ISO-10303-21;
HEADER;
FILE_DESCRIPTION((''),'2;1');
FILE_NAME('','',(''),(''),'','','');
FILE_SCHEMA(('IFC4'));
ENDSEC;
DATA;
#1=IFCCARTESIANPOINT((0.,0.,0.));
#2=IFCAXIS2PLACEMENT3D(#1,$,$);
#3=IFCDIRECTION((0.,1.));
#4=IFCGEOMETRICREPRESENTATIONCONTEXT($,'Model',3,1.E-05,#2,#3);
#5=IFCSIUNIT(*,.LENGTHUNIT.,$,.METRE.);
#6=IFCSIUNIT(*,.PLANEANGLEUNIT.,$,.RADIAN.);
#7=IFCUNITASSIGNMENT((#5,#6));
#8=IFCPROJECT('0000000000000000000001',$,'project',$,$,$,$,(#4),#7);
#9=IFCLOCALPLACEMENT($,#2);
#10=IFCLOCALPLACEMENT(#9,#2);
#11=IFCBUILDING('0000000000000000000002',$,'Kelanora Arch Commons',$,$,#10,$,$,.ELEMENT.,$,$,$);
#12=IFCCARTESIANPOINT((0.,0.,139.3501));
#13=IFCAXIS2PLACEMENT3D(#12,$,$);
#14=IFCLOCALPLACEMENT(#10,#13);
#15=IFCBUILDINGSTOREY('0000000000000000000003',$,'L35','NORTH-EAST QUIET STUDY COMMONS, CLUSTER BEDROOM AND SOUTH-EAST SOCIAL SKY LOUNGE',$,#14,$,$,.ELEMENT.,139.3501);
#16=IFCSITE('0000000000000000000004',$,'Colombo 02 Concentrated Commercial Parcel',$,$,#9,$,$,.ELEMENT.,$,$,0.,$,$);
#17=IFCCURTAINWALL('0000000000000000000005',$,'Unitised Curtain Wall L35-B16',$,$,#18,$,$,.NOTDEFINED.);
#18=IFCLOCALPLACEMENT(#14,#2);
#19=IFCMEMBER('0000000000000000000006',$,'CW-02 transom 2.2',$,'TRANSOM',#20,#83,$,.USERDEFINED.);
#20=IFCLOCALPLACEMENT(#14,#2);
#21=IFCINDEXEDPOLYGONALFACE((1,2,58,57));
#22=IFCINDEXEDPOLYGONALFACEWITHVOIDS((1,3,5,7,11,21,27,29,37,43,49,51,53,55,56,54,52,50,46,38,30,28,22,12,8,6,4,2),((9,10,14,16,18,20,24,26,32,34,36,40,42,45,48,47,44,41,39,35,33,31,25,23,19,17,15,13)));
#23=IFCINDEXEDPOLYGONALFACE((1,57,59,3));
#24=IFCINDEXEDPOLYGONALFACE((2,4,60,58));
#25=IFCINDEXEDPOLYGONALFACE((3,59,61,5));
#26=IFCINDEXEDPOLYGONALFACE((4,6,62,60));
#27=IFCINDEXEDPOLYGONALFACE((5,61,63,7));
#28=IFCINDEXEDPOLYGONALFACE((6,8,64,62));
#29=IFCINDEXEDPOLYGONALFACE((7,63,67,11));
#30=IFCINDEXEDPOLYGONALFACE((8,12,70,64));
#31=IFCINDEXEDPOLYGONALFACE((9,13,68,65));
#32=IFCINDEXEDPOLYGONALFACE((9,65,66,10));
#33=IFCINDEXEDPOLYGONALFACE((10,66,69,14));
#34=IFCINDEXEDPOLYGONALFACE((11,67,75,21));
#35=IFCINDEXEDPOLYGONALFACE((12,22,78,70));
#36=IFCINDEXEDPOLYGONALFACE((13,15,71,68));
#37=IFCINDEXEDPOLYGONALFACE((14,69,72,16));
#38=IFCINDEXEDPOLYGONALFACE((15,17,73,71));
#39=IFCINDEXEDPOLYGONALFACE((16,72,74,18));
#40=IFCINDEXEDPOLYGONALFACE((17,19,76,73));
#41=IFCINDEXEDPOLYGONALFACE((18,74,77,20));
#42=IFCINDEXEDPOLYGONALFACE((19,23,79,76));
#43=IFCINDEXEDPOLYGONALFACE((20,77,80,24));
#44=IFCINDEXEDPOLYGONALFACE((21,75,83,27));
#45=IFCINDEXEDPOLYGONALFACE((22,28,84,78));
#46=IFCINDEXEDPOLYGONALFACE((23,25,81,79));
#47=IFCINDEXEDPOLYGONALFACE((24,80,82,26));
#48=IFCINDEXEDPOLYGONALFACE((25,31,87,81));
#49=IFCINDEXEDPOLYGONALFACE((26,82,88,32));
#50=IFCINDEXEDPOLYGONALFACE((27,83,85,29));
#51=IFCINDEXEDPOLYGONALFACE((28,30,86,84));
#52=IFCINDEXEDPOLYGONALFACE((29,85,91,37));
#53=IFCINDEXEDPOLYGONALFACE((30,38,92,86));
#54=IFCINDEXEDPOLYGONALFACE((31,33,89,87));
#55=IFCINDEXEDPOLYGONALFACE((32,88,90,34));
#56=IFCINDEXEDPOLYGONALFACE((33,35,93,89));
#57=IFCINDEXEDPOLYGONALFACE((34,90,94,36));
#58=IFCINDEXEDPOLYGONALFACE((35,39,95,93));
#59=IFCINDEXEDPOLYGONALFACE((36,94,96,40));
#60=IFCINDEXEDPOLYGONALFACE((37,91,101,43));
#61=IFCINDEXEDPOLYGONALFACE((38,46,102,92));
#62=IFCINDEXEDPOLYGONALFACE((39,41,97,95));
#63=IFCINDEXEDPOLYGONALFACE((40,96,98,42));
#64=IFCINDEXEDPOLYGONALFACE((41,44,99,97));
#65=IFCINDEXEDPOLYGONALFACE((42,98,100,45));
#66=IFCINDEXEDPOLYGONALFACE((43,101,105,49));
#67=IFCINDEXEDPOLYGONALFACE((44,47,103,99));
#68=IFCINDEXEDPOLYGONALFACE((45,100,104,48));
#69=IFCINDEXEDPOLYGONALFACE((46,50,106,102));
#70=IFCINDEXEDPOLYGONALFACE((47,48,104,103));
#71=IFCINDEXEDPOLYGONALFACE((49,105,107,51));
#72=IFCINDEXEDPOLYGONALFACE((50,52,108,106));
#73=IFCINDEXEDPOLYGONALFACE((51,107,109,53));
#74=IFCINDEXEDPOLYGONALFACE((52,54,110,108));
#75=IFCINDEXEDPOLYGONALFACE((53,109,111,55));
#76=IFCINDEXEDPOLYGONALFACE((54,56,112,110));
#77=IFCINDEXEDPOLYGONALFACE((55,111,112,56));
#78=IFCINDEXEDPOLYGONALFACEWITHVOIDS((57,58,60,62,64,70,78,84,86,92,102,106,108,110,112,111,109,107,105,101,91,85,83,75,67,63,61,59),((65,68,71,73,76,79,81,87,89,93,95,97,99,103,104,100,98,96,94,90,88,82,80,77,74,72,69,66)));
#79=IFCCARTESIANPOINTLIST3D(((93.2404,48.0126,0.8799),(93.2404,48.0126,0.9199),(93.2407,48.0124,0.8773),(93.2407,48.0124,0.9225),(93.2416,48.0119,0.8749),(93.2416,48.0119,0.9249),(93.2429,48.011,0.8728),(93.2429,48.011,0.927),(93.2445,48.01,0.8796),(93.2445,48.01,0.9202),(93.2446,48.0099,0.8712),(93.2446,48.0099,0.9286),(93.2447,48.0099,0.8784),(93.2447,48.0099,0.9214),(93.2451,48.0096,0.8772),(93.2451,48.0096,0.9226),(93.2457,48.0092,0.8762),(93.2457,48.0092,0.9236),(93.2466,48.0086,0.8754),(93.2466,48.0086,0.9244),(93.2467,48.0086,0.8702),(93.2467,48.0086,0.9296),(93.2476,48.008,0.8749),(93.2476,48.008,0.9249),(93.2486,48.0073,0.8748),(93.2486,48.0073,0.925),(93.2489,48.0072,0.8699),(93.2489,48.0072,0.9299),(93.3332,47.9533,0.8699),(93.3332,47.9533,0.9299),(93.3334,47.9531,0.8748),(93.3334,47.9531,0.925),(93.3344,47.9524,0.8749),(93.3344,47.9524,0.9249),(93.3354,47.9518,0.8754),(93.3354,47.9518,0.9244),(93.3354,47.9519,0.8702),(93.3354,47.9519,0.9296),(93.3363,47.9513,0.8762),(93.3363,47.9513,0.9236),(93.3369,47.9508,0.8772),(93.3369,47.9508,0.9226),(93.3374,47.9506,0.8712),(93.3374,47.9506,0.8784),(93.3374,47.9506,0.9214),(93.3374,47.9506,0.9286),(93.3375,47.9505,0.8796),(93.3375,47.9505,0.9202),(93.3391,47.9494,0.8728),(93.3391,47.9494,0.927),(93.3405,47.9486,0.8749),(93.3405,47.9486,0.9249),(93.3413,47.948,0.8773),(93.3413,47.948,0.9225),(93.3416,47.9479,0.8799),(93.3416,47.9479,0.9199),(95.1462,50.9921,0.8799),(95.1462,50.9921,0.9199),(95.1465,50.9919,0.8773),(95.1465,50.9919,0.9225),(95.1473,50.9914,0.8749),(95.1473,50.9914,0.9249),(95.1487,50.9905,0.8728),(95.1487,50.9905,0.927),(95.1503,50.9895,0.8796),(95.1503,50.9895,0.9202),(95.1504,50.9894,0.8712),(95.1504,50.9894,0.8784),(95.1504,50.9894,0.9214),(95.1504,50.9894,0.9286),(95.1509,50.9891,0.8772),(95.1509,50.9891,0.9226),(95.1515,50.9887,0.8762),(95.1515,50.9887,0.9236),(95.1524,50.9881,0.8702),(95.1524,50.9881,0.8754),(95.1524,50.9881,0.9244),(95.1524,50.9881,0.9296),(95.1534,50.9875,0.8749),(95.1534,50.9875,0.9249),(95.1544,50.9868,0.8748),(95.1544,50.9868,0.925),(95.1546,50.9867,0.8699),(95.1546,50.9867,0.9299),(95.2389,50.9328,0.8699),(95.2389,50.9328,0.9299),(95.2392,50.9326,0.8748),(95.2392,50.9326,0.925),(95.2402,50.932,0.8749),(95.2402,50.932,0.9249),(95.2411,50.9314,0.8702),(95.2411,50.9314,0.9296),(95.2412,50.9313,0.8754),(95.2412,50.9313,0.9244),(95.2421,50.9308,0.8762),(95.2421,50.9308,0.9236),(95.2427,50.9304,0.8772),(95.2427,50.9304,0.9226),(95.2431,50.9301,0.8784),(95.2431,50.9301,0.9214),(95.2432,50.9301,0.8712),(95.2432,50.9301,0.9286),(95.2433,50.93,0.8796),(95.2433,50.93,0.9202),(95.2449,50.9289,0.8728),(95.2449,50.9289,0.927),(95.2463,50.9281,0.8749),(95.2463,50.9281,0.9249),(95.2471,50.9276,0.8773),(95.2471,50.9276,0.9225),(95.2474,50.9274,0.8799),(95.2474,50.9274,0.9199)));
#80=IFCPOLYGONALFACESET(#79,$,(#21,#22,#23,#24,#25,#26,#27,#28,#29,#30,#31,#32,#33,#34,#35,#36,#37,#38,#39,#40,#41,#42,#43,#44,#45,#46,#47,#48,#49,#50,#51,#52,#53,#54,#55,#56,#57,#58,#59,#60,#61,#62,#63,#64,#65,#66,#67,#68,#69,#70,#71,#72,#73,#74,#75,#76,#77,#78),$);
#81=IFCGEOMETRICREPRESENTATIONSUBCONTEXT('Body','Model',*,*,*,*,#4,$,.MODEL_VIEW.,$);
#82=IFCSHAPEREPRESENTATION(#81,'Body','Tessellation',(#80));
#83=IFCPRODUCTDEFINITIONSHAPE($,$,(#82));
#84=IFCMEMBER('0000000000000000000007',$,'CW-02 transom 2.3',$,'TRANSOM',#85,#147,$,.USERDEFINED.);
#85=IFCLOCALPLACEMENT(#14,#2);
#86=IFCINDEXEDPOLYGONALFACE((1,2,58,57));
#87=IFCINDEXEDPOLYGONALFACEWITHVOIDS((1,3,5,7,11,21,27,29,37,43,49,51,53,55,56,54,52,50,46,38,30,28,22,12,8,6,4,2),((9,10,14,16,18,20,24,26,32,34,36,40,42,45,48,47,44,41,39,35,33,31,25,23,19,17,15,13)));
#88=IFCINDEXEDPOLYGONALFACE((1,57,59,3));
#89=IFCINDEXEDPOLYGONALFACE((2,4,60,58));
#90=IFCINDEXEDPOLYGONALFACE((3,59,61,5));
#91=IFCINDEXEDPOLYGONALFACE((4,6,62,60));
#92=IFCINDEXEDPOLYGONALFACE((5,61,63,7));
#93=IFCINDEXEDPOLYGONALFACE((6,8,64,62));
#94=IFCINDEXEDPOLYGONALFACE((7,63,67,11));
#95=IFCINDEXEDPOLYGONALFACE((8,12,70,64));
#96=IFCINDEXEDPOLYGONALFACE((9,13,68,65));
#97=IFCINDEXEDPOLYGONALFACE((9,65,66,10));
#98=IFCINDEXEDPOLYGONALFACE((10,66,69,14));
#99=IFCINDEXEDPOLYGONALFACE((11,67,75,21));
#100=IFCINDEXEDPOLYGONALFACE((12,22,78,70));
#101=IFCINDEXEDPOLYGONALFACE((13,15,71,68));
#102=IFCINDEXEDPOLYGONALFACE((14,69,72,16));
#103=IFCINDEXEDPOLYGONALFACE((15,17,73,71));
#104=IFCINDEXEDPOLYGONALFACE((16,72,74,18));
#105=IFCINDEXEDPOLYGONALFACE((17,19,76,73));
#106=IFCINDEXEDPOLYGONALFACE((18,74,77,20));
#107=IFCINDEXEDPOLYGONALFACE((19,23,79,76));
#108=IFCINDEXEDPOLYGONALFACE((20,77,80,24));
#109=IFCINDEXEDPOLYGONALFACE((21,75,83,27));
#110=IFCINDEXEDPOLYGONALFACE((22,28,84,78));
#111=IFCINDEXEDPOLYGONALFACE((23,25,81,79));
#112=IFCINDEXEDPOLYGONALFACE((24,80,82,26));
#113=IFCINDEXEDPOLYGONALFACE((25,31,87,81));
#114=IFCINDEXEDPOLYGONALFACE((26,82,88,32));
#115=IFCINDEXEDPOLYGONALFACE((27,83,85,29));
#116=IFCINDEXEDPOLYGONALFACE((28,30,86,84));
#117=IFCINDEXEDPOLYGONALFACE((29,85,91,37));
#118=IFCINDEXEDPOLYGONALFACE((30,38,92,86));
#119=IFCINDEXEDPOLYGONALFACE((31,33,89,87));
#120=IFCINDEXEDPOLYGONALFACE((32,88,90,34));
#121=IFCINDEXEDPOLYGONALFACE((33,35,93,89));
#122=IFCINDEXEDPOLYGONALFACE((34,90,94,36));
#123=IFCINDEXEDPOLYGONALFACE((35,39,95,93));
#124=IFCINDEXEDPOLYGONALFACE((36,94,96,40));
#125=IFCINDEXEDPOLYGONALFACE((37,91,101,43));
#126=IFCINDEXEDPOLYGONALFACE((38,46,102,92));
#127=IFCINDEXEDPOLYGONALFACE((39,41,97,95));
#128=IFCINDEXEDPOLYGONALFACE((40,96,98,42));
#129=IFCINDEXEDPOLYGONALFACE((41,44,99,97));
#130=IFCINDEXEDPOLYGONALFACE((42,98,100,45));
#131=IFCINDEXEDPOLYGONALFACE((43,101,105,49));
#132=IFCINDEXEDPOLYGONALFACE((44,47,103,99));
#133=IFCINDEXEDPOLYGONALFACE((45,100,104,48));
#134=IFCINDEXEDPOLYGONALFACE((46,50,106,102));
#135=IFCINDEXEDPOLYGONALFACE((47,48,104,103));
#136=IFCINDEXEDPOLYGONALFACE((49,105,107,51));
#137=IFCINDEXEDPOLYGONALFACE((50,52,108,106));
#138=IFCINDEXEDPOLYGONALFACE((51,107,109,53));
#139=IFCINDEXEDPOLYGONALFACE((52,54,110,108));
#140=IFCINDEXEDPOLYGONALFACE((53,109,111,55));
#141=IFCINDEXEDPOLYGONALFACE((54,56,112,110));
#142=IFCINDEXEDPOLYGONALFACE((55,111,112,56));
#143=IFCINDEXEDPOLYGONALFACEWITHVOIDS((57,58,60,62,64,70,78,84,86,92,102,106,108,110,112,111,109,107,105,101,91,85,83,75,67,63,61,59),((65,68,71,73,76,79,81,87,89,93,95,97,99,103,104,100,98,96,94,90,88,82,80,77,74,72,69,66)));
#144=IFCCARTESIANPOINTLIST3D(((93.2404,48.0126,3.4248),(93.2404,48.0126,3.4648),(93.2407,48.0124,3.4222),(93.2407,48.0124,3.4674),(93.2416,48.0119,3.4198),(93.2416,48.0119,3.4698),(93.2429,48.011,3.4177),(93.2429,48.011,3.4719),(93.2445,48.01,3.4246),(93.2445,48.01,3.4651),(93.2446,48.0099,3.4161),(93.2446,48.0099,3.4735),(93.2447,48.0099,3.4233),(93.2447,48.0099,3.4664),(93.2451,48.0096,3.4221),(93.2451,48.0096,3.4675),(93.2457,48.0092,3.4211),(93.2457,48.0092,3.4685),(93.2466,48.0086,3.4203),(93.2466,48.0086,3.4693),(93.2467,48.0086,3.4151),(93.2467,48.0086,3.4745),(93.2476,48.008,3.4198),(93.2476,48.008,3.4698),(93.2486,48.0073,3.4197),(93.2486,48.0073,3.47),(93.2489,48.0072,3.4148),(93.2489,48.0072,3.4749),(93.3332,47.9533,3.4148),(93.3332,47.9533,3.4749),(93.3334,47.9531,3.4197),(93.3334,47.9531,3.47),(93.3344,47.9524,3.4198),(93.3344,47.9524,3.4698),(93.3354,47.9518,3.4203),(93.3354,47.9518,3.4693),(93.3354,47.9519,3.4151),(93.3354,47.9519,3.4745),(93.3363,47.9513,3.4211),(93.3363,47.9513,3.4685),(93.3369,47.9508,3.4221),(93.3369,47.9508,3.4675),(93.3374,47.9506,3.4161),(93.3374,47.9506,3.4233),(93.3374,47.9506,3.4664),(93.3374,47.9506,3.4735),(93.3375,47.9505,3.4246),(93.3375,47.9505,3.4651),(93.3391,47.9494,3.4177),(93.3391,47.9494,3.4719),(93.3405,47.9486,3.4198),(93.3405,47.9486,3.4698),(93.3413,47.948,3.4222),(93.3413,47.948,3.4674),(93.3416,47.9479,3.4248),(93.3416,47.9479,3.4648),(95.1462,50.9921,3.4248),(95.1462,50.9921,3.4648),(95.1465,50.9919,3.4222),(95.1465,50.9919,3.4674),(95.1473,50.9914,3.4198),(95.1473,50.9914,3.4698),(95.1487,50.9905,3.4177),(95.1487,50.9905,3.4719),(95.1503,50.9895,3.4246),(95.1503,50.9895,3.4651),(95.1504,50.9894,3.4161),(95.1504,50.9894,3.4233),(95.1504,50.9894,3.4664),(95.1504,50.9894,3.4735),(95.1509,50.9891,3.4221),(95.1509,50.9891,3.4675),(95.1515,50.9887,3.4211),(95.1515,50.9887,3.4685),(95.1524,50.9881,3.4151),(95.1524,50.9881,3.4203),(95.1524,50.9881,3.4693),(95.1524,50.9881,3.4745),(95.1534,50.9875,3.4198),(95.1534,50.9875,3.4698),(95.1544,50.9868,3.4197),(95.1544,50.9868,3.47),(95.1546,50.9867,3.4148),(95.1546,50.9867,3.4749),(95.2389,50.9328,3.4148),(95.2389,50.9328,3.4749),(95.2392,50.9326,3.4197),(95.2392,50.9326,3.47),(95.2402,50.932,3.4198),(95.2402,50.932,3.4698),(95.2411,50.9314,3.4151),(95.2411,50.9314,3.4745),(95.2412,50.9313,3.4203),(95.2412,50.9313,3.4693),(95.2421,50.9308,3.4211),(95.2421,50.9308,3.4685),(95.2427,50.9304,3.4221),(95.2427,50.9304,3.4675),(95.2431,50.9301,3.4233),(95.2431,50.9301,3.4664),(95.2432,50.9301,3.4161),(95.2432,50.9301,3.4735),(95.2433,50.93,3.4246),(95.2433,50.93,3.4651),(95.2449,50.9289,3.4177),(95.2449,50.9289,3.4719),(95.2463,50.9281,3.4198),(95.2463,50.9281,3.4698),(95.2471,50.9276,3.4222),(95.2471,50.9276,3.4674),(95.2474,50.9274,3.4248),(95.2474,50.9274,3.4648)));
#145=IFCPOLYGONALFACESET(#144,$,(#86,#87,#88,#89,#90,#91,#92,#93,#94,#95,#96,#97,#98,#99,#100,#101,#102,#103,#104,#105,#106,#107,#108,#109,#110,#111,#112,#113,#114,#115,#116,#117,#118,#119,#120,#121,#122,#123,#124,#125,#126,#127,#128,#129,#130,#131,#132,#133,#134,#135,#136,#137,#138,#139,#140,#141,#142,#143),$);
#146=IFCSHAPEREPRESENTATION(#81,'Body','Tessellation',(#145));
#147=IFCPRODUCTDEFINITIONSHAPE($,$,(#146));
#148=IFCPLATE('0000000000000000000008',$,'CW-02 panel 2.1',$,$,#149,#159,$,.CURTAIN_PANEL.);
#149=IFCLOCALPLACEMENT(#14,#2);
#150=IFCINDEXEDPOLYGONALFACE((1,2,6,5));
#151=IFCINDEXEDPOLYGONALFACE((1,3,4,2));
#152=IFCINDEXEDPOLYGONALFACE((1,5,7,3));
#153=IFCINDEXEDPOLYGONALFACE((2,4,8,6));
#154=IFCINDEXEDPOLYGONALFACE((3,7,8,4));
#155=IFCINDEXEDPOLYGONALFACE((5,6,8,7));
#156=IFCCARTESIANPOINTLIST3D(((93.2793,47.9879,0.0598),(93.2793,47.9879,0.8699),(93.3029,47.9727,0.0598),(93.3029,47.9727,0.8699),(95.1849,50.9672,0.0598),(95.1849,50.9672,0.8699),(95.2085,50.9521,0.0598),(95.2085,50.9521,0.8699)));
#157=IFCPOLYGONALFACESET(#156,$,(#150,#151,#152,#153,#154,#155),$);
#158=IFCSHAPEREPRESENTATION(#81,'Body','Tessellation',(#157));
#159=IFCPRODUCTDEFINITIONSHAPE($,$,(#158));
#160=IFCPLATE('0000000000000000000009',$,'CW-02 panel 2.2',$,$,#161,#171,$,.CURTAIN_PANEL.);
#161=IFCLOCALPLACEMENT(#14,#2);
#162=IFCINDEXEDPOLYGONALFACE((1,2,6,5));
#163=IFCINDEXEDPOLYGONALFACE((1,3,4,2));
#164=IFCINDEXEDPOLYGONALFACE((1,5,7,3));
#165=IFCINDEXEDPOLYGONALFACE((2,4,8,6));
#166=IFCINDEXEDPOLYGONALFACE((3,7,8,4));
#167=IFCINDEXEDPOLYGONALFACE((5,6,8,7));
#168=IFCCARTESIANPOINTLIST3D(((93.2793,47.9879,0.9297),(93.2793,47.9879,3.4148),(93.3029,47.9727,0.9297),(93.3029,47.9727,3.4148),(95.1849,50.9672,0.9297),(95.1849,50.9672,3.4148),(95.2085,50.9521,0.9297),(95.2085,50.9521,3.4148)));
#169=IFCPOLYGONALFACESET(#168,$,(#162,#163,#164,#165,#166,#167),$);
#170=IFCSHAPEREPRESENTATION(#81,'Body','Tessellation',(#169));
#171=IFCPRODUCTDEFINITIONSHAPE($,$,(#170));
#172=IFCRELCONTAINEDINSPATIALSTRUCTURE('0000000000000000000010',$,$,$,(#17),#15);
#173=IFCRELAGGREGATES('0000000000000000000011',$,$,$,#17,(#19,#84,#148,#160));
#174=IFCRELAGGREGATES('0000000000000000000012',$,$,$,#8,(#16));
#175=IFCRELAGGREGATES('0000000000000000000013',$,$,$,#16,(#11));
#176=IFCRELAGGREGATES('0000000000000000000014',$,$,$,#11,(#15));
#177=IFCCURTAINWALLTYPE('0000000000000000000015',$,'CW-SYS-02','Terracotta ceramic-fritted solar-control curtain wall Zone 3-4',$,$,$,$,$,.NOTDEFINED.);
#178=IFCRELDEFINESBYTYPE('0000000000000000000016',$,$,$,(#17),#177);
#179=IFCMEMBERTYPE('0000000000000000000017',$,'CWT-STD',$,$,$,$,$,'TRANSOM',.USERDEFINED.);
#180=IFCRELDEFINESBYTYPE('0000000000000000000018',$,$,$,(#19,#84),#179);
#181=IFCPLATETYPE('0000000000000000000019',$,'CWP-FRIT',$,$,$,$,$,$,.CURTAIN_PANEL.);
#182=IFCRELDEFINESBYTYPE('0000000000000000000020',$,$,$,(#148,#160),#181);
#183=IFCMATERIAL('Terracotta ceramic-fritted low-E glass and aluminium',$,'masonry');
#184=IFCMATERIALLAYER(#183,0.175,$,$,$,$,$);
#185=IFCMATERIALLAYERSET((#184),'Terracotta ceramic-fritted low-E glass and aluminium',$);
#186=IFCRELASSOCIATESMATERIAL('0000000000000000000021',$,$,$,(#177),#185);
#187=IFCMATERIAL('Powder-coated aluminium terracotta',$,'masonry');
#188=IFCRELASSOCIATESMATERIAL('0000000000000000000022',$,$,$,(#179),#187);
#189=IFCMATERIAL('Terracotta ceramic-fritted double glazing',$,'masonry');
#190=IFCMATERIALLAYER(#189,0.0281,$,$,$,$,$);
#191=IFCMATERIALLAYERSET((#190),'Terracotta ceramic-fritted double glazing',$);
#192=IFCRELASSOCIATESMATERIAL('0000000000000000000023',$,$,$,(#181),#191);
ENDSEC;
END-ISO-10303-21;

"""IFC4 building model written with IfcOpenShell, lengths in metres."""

from ifc_helpers import new_model, si_unit, direction, frame, origin, origin_2d, place, context, subcontext, project, spatial, rectangle, hollow_rectangle, extrude, source, transform, mapped, material, layer, layer_set, material_profile, profile_set, type_object, element, aggregate, save


model = new_model("IFC4")

# Units and contexts
model_context = context("Model", 3, precision=1e-05, world=origin(), true_north=direction((0.0, 1.0)))
body_context = subcontext(model_context, "Body", "Model", "MODEL_VIEW")
ifc_project = project(units=[si_unit("LENGTHUNIT", "METRE"), si_unit("PLANEANGLEUNIT", "RADIAN")], contexts=[model_context])

# Site, building, storey
site_placement = place(None, origin())
site = spatial("IfcSite", under=ifc_project, at=site_placement, Name="Colombo 02 Concentrated Commercial Parcel", CompositionType="ELEMENT", RefElevation=0.0)
building_placement = place(site_placement, origin())
building = spatial("IfcBuilding", under=site, at=building_placement, Name="Kelanora Arch Commons", CompositionType="ELEMENT")
storey_placement = place(building_placement, frame((0.0, 0.0, 139.3501)))
storey = spatial("IfcBuildingStorey", under=building, at=storey_placement, Name="L35", Description="NORTH-EAST QUIET STUDY COMMONS, CLUSTER BEDROOM AND SOUTH-EAST SOCIAL SKY LOUNGE", CompositionType="ELEMENT", Elevation=139.3501)

# Curtain wall, members, plates
ifc_material_1 = material(Name="Terracotta ceramic-fritted low-E glass and aluminium", Category="masonry")
ifc_layer_1 = layer(ifc_material_1, 0.175)
ifc_layer_set_1 = layer_set([ifc_layer_1], Name="Terracotta ceramic-fritted low-E glass and aluminium")
curtain_wall_type = type_object("IfcCurtainWallType", Name="CW-SYS-02", Description="Terracotta ceramic-fritted solar-control curtain wall Zone 3-4", PredefinedType="NOTDEFINED", material=ifc_layer_set_1)
curtain_wall_placement = place(storey_placement, origin())
curtain_wall = element("IfcCurtainWall", 1, at=curtain_wall_placement, inside=storey, type_object=curtain_wall_type, Name="Unitised Curtain Wall L35-B16", PredefinedType="NOTDEFINED")
ifc_material_2 = material(Name="Powder-coated aluminium terracotta", Category="masonry")
ifc_material_profile_1 = material_profile(ifc_material_2, hollow_rectangle(XDim=0.1201, YDim=0.0601, WallThickness=0.0049, InnerFilletRadius=0.0049, OuterFilletRadius=0.01, at=origin_2d()), Name="CWT120x60")
ifc_profile_set_1 = profile_set([ifc_material_profile_1], Name="Powder-coated aluminium terracotta")
member_type_1 = type_object("IfcMemberType", Name="CWT-STD", ElementType="TRANSOM", PredefinedType="USERDEFINED", material=ifc_profile_set_1)
member_1_placement = place(storey_placement, frame((93.291, 47.9802, 0.8999), z_axis=(0.53883, 0.842414, 0.0), x_axis=(-0.842414, 0.53883, 0.0)))
member_1 = element("IfcMember", 2, at=member_1_placement, type_object=member_type_1, Name="CW-02 transom 2.2", ObjectType="TRANSOM", PredefinedType="USERDEFINED", context=body_context, shape_type="SweptSolid", body=[
    extrude(hollow_rectangle(XDim=0.1201, YDim=0.0601, WallThickness=0.0049, InnerFilletRadius=0.0049, OuterFilletRadius=0.01, at=origin_2d()), origin(), (0.0, 0.0, 1.0), 3.5369),
])
member_2_placement = place(storey_placement, frame((93.291, 47.9802, 3.4448), z_axis=(0.53883, 0.842414, 0.0), x_axis=(-0.842414, 0.53883, 0.0)))
member_2 = element("IfcMember", 3, at=member_2_placement, type_object=member_type_1, Name="CW-02 transom 2.3", ObjectType="TRANSOM", PredefinedType="USERDEFINED", context=body_context, shape_type="SweptSolid", body=[
    extrude(hollow_rectangle(XDim=0.1201, YDim=0.0601, WallThickness=0.0049, InnerFilletRadius=0.0049, OuterFilletRadius=0.01, at=origin_2d()), origin(), (0.0, 0.0, 1.0), 3.5369),
])
ifc_material_3 = material(Name="Terracotta ceramic-fritted double glazing", Category="masonry")
ifc_layer_2 = layer(ifc_material_3, 0.0281)
ifc_layer_set_2 = layer_set([ifc_layer_2], Name="Terracotta ceramic-fritted double glazing")
plate_type = type_object("IfcPlateType", Name="CWP-FRIT", PredefinedType="CURTAIN_PANEL", material=ifc_layer_set_2)
shared_shape_1 = source(origin(), body_context, "Body", "SweptSolid", [
    extrude(rectangle(XDim=3.5366, YDim=0.0281, at=origin_2d()), origin(), (0.0, 0.0, 1.0), 0.8101),
])
plate_1_placement = place(storey_placement, frame((94.2439, 49.47, 0.0598), z_axis=(0.0, 0.0, 1.0), x_axis=(0.538817, 0.842423, 0.0)))
plate_1 = element("IfcPlate", 4, at=plate_1_placement, type_object=plate_type, Name="CW-02 panel 2.1", PredefinedType="CURTAIN_PANEL", context=body_context, shape_type="MappedRepresentation", body=[
    mapped(shared_shape_1, transform((0.0, 0.0, 0.0), scale=1.0)),
])
shared_shape_2 = source(origin(), body_context, "Body", "SweptSolid", [
    extrude(rectangle(XDim=3.5366, YDim=0.0281, at=origin_2d()), origin(), (0.0, 0.0, 1.0), 2.4851),
])
plate_2_placement = place(storey_placement, frame((94.2439, 49.47, 0.9297), z_axis=(0.0, 0.0, 1.0), x_axis=(0.538817, 0.842423, 0.0)))
plate_2 = element("IfcPlate", 5, at=plate_2_placement, type_object=plate_type, Name="CW-02 panel 2.2", PredefinedType="CURTAIN_PANEL", context=body_context, shape_type="MappedRepresentation", body=[
    mapped(shared_shape_2, transform((0.0, 0.0, 0.0), scale=1.0)),
])
aggregate(curtain_wall, [member_1, member_2, plate_1, plate_2])

save(model, "model.ifc")
